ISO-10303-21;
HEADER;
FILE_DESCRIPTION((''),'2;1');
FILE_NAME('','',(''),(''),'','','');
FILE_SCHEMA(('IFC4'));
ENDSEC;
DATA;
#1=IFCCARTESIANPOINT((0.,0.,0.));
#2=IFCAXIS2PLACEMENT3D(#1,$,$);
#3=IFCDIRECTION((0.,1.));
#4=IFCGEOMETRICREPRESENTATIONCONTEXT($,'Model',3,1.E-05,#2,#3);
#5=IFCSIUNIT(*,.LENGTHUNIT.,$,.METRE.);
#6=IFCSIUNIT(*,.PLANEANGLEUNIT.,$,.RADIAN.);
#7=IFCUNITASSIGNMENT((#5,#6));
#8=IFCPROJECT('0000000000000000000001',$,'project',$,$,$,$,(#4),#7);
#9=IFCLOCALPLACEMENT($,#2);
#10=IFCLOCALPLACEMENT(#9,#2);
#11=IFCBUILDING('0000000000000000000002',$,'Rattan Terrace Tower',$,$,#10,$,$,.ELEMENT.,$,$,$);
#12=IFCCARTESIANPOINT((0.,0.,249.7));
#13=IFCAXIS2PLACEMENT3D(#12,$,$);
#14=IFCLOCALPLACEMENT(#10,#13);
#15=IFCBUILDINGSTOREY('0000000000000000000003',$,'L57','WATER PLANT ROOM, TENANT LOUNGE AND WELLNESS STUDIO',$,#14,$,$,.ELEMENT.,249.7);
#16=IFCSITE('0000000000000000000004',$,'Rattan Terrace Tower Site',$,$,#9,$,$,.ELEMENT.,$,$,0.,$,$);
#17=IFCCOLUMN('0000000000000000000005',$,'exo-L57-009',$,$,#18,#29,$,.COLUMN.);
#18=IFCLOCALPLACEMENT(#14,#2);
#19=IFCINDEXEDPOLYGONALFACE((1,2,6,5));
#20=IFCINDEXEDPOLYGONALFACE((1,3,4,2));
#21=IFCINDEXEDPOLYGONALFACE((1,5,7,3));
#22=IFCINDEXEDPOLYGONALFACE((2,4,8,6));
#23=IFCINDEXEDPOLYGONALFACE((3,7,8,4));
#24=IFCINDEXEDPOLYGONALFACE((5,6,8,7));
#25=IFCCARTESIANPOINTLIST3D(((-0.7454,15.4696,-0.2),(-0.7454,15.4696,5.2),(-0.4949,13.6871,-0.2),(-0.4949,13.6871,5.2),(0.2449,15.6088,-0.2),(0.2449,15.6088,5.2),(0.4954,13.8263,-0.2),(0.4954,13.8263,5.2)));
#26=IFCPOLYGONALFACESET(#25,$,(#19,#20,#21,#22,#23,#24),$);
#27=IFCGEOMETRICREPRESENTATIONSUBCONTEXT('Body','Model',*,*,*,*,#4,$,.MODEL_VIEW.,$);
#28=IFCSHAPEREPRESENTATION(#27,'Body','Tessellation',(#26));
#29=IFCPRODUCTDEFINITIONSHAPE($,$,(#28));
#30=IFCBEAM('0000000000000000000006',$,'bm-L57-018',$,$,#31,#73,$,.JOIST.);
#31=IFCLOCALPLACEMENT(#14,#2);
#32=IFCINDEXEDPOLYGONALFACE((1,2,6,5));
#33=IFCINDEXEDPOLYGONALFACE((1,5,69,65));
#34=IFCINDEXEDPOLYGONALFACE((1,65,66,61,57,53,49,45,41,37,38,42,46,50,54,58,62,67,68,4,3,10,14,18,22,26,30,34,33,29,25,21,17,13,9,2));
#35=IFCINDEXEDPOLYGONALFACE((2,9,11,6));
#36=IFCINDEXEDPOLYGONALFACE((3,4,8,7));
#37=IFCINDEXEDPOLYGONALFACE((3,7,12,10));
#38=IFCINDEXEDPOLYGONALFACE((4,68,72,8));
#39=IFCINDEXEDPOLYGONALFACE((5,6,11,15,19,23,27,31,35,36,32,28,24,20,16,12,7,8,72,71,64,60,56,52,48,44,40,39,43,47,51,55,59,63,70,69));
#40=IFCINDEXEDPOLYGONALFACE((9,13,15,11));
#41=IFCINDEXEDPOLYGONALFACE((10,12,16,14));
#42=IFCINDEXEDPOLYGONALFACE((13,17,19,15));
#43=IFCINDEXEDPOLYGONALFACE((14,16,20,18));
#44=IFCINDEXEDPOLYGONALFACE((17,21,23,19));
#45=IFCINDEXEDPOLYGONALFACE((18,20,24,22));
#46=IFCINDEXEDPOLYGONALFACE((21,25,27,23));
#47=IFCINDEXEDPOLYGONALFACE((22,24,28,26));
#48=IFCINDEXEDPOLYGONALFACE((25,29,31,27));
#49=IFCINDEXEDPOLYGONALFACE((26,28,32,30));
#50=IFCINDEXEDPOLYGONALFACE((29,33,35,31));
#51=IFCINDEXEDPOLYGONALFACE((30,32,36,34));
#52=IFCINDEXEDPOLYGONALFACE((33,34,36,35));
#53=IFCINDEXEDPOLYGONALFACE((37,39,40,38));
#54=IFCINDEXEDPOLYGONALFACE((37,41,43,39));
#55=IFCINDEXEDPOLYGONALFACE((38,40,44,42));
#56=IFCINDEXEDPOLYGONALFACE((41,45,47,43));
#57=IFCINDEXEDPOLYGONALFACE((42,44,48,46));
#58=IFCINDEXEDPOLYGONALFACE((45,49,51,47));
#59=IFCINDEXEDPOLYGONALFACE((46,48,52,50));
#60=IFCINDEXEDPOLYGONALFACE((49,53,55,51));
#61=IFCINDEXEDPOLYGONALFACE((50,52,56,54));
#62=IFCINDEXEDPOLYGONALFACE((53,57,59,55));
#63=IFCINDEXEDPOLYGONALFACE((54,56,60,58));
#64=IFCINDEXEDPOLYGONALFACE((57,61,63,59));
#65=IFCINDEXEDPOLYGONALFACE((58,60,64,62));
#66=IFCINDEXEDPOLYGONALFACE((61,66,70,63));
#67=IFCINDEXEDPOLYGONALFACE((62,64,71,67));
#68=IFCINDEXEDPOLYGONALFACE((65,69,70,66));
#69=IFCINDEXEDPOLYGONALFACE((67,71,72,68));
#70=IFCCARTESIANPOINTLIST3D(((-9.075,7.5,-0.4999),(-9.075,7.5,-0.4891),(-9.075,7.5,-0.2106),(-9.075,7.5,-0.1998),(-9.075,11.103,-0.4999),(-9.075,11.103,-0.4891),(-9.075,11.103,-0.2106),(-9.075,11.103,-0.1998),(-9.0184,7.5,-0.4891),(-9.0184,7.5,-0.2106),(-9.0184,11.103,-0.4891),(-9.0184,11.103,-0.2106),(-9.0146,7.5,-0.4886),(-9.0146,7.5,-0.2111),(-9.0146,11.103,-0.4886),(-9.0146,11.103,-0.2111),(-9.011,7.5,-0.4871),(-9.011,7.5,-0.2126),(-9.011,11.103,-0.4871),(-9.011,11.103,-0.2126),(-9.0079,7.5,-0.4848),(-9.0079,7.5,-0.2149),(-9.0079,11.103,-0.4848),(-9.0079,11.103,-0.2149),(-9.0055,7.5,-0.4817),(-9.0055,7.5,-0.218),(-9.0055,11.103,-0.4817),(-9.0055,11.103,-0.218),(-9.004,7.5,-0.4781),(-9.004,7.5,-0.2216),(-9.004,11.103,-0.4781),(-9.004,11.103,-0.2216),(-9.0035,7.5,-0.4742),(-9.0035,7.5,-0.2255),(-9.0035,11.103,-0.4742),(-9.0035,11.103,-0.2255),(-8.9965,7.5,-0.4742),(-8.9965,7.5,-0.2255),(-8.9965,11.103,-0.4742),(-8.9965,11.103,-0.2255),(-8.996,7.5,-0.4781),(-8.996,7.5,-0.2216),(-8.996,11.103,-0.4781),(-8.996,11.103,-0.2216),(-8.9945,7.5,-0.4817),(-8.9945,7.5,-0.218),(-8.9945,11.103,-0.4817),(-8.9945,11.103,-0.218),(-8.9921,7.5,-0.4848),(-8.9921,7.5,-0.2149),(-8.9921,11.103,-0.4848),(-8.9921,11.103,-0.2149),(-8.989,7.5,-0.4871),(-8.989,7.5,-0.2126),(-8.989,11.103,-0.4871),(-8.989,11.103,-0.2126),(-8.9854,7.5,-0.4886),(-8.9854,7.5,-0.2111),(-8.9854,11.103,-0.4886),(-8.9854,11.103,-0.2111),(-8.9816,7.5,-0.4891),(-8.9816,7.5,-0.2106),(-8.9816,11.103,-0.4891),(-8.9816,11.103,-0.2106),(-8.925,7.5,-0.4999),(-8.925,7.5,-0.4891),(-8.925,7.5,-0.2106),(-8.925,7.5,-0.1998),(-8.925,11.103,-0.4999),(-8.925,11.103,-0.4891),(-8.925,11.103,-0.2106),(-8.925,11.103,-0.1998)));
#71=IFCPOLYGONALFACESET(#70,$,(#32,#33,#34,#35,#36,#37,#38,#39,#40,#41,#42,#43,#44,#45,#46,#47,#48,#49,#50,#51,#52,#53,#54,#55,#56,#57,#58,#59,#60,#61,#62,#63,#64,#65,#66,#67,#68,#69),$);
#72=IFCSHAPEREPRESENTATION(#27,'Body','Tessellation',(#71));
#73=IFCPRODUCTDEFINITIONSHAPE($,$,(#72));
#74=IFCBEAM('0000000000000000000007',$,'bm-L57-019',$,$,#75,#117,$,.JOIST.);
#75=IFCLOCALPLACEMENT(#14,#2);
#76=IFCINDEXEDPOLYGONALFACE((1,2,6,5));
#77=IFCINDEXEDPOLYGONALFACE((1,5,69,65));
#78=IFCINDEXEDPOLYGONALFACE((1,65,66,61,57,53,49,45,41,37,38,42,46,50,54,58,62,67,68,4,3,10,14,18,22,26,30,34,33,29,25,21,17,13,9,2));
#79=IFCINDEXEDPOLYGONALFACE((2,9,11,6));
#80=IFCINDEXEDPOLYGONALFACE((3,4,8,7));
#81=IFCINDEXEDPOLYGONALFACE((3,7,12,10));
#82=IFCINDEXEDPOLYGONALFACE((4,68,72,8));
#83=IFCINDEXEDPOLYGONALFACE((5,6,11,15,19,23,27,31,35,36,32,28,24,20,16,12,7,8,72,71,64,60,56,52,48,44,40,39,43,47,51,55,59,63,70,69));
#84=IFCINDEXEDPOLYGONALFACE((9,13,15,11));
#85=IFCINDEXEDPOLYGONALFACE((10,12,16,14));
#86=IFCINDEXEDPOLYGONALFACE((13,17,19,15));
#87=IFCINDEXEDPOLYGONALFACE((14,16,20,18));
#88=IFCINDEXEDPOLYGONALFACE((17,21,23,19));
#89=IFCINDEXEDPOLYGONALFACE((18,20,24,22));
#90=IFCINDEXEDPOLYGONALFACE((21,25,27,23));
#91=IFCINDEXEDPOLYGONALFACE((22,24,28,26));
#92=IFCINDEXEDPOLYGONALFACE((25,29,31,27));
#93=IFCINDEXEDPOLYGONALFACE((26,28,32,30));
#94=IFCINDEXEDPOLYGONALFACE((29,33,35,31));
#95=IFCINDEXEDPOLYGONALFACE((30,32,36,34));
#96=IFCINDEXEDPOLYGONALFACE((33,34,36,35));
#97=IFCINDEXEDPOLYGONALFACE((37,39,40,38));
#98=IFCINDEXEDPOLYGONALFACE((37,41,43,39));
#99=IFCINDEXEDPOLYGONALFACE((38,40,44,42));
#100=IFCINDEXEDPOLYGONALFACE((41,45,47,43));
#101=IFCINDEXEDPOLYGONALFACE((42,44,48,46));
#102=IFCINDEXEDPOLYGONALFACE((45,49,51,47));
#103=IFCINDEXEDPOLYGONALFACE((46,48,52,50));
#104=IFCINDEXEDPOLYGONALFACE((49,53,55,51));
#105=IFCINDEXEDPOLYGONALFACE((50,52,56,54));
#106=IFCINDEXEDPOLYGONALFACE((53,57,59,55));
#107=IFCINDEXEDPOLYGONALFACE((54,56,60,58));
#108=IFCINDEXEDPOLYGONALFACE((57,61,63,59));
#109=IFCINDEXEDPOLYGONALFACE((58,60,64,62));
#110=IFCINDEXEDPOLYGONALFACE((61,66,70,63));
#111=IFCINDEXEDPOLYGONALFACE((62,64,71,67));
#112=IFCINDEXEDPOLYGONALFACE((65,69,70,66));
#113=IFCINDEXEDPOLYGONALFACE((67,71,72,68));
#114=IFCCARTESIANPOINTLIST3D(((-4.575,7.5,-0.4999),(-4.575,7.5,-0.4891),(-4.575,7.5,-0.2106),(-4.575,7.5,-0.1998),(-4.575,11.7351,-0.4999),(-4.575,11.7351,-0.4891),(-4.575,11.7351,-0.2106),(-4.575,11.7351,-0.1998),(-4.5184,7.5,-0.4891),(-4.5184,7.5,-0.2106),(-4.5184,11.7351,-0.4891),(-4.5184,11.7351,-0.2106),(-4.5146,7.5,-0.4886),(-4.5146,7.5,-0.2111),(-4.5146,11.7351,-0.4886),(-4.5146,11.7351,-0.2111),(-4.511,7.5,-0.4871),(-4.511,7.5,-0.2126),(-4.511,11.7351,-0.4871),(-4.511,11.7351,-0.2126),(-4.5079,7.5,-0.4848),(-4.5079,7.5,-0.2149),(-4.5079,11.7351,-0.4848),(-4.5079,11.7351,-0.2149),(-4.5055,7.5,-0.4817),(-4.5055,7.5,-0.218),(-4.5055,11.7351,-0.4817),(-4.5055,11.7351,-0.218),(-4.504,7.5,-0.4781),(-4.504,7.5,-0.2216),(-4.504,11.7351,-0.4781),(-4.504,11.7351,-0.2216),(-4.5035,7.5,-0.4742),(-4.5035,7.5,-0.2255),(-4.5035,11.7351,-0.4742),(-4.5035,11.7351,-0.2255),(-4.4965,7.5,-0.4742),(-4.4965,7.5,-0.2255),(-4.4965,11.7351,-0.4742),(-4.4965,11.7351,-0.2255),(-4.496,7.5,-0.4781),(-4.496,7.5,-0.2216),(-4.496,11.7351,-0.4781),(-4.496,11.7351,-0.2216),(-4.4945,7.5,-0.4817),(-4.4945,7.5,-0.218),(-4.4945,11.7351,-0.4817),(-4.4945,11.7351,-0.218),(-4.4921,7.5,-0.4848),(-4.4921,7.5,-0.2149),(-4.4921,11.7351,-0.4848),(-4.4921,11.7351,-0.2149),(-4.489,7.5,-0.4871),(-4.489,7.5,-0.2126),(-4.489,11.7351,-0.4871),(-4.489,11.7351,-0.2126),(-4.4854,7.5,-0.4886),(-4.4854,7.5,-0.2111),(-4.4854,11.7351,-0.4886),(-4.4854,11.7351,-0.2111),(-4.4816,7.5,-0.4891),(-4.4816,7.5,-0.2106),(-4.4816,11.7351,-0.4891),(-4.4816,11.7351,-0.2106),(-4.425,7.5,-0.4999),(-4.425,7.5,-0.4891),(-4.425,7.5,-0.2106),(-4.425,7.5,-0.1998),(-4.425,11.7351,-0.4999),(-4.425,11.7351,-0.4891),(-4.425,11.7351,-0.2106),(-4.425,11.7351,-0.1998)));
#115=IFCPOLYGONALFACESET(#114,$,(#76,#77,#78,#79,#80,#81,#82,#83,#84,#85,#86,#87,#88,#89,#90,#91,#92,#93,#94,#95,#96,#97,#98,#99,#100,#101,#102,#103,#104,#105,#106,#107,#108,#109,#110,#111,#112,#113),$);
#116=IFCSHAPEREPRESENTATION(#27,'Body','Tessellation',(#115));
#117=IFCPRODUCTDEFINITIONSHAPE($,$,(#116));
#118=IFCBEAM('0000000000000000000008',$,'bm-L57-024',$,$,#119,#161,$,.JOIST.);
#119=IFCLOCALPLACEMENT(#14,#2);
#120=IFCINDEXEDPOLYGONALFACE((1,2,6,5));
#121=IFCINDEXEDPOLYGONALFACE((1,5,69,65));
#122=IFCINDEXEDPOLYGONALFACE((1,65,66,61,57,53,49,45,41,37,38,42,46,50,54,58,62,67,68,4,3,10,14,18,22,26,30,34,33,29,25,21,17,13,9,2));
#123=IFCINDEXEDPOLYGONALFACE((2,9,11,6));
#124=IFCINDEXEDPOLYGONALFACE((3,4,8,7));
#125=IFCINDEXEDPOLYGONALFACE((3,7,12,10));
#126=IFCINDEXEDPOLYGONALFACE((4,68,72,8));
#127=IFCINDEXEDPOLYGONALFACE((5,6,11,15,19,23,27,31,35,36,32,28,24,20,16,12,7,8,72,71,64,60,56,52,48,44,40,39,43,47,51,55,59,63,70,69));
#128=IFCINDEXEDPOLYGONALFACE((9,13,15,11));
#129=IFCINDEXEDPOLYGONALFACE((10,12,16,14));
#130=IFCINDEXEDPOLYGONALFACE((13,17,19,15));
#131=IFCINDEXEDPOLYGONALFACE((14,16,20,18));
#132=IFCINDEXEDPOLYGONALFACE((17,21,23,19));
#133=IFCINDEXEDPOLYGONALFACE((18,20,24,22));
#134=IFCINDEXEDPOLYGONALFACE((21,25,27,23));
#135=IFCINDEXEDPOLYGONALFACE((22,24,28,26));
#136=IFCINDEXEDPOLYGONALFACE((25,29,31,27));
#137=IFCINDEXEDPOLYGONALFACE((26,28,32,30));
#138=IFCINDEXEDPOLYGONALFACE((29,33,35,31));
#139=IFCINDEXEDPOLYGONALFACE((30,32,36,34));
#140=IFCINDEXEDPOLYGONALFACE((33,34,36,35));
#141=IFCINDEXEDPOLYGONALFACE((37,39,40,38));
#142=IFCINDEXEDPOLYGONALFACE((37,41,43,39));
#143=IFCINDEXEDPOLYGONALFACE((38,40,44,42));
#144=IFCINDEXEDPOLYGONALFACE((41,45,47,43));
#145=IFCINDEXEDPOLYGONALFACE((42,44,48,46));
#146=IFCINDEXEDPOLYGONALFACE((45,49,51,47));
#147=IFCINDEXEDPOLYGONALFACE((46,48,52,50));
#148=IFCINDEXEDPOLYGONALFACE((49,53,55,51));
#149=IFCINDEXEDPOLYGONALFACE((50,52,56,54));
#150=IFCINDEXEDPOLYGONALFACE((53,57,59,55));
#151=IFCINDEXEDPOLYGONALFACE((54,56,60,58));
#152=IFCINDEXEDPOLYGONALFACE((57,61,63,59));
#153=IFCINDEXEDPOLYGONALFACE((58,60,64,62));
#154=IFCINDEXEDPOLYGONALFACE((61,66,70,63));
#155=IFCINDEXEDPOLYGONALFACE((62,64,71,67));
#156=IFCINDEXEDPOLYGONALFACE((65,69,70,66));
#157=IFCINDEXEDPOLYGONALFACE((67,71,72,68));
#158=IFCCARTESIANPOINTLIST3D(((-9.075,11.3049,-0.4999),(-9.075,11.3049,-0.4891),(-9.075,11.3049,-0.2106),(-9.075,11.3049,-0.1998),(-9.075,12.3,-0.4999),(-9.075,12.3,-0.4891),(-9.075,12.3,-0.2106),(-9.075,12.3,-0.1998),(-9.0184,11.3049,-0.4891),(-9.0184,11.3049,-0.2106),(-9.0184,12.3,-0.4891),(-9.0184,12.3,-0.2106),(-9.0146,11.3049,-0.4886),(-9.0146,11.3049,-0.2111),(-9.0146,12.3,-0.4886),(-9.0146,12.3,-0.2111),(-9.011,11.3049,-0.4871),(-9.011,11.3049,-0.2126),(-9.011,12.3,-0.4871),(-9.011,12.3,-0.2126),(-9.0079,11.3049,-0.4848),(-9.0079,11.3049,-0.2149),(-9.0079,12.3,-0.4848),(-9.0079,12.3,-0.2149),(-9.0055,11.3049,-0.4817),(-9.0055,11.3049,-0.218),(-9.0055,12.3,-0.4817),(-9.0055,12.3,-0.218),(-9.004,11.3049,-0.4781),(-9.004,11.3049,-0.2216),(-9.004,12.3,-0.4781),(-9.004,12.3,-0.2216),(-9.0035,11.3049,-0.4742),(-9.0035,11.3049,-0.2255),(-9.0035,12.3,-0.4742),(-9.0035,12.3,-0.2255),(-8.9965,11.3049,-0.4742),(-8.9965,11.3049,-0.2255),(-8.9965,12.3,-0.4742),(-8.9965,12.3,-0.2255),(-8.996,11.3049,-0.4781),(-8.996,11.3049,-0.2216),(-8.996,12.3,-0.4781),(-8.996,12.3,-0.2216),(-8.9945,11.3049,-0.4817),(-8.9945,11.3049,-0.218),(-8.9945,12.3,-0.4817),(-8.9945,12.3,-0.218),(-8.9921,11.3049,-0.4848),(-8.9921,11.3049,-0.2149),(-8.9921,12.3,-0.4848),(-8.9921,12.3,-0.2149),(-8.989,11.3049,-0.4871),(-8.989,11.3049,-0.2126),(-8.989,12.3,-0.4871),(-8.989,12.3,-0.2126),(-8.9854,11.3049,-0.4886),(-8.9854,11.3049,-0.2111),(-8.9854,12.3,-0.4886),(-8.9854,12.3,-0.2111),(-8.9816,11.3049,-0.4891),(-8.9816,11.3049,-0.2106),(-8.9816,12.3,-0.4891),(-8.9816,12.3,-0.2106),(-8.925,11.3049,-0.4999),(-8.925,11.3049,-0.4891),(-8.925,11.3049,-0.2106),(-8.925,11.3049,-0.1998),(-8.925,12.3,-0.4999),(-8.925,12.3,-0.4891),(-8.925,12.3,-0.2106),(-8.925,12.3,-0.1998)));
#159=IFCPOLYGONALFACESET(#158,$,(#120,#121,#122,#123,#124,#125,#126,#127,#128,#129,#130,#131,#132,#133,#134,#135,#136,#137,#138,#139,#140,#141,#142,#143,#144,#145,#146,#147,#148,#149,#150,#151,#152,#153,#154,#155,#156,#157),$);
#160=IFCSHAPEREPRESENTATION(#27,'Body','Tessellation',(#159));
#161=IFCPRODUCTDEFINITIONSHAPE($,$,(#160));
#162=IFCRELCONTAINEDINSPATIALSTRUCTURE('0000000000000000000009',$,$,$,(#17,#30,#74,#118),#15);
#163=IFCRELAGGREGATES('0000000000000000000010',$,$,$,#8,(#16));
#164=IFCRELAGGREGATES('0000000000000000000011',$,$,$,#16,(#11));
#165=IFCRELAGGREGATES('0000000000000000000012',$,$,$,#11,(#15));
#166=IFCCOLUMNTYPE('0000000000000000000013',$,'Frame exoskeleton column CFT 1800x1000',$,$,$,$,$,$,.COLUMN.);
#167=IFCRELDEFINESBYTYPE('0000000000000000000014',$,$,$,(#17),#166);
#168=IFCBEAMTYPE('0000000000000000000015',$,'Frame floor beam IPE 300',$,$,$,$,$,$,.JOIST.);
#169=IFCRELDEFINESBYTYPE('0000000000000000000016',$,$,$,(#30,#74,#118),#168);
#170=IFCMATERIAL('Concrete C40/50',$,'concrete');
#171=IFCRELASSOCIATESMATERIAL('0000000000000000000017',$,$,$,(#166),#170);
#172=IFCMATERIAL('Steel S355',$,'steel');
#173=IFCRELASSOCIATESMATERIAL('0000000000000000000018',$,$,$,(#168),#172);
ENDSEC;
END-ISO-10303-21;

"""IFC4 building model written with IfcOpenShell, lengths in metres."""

from ifc_helpers import new_model, si_unit, direction, frame, origin, origin_2d, place, context, subcontext, project, spatial, rectangle, i_section, extrude, material, material_profile, profile_set, type_object, element, save


model = new_model("IFC4")

# Units and contexts
model_context = context("Model", 3, precision=1e-05, world=origin(), true_north=direction((0.0, 1.0)))
body_context = subcontext(model_context, "Body", "Model", "MODEL_VIEW")
ifc_project = project(units=[si_unit("LENGTHUNIT", "METRE"), si_unit("PLANEANGLEUNIT", "RADIAN")], contexts=[model_context])

# Site, building, storey
site_placement = place(None, origin())
site = spatial("IfcSite", under=ifc_project, at=site_placement, Name="Rattan Terrace Tower Site", CompositionType="ELEMENT", RefElevation=0.0)
building_placement = place(site_placement, origin())
building = spatial("IfcBuilding", under=site, at=building_placement, Name="Rattan Terrace Tower", CompositionType="ELEMENT")
storey_placement = place(building_placement, frame((0.0, 0.0, 249.7)))
storey = spatial("IfcBuildingStorey", under=building, at=storey_placement, Name="L57", Description="WATER PLANT ROOM, TENANT LOUNGE AND WELLNESS STUDIO", CompositionType="ELEMENT", Elevation=249.7)

# Column
ifc_material_1 = material(Name="Concrete C40/50", Category="concrete")
ifc_material_profile_1 = material_profile(ifc_material_1, rectangle(XDim=1.0, YDim=1.8, at=origin_2d()), Name="CFT 1800x1000")
ifc_profile_set_1 = profile_set([ifc_material_profile_1], Name="Concrete C40/50")
column_type = type_object("IfcColumnType", Name="Frame exoskeleton column CFT 1800x1000", PredefinedType="COLUMN", material=ifc_profile_set_1)
column_placement = place(storey_placement, frame((-0.125, 14.6479, -0.2), z_axis=(0.0, 0.0, 1.0), x_axis=(0.990266, 0.13919, 0.0)))
element("IfcColumn", 1, at=column_placement, inside=storey, type_object=column_type, Name="exo-L57-009", PredefinedType="COLUMN", context=body_context, shape_type="SweptSolid", body=[
    extrude(rectangle(XDim=1.0, YDim=1.8, at=origin_2d()), origin(), (0.0, 0.0, 1.0), 5.3999),
])

# Beams
ifc_material_2 = material(Name="Steel S355", Category="steel")
ifc_material_profile_2 = material_profile(ifc_material_2, i_section(OverallWidth=0.1499, OverallDepth=0.3, WebThickness=0.0071, FlangeThickness=0.0107, FilletRadius=0.0149, at=origin_2d()), Name="IPE 300")
ifc_profile_set_2 = profile_set([ifc_material_profile_2], Name="Steel S355")
beam_type = type_object("IfcBeamType", Name="Frame floor beam IPE 300", PredefinedType="JOIST", material=ifc_profile_set_2)
beam_1_placement = place(storey_placement, frame((-9.0, 7.5, -0.3499), z_axis=(0.0, 1.0, 0.0), x_axis=(-1.0, 0.0, 0.0)))
element("IfcBeam", 2, at=beam_1_placement, inside=storey, type_object=beam_type, Name="bm-L57-018", PredefinedType="JOIST", context=body_context, shape_type="SweptSolid", body=[
    extrude(i_section(OverallWidth=0.1499, OverallDepth=0.3, WebThickness=0.0071, FlangeThickness=0.0107, FilletRadius=0.0149, at=origin_2d()), origin(), (0.0, 0.0, 1.0), 3.603),
])
beam_2_placement = place(storey_placement, frame((-4.5, 7.5, -0.3499), z_axis=(0.0, 1.0, 0.0), x_axis=(-1.0, 0.0, 0.0)))
element("IfcBeam", 3, at=beam_2_placement, inside=storey, type_object=beam_type, Name="bm-L57-019", PredefinedType="JOIST", context=body_context, shape_type="SweptSolid", body=[
    extrude(i_section(OverallWidth=0.1499, OverallDepth=0.3, WebThickness=0.0071, FlangeThickness=0.0107, FilletRadius=0.0149, at=origin_2d()), origin(), (0.0, 0.0, 1.0), 4.2351),
])
for number, where, z_axis, x_axis, name in (
    (4, (-9.0, 11.3049, -0.3499), (0.0, 1.0, 0.0), (-1.0, 0.0, 0.0), "bm-L57-024"),
):
    element("IfcBeam", number, at=place(storey_placement, frame(where, z_axis=z_axis, x_axis=x_axis)), inside=storey, type_object=beam_type, Name=name, PredefinedType="JOIST", context=body_context, shape_type="SweptSolid", body=[
        extrude(i_section(OverallWidth=0.1499, OverallDepth=0.3, WebThickness=0.0071, FlangeThickness=0.0107, FilletRadius=0.0149, at=origin_2d()), origin(), (0.0, 0.0, 1.0), 0.9951),
    ])

save(model, "model.ifc")
